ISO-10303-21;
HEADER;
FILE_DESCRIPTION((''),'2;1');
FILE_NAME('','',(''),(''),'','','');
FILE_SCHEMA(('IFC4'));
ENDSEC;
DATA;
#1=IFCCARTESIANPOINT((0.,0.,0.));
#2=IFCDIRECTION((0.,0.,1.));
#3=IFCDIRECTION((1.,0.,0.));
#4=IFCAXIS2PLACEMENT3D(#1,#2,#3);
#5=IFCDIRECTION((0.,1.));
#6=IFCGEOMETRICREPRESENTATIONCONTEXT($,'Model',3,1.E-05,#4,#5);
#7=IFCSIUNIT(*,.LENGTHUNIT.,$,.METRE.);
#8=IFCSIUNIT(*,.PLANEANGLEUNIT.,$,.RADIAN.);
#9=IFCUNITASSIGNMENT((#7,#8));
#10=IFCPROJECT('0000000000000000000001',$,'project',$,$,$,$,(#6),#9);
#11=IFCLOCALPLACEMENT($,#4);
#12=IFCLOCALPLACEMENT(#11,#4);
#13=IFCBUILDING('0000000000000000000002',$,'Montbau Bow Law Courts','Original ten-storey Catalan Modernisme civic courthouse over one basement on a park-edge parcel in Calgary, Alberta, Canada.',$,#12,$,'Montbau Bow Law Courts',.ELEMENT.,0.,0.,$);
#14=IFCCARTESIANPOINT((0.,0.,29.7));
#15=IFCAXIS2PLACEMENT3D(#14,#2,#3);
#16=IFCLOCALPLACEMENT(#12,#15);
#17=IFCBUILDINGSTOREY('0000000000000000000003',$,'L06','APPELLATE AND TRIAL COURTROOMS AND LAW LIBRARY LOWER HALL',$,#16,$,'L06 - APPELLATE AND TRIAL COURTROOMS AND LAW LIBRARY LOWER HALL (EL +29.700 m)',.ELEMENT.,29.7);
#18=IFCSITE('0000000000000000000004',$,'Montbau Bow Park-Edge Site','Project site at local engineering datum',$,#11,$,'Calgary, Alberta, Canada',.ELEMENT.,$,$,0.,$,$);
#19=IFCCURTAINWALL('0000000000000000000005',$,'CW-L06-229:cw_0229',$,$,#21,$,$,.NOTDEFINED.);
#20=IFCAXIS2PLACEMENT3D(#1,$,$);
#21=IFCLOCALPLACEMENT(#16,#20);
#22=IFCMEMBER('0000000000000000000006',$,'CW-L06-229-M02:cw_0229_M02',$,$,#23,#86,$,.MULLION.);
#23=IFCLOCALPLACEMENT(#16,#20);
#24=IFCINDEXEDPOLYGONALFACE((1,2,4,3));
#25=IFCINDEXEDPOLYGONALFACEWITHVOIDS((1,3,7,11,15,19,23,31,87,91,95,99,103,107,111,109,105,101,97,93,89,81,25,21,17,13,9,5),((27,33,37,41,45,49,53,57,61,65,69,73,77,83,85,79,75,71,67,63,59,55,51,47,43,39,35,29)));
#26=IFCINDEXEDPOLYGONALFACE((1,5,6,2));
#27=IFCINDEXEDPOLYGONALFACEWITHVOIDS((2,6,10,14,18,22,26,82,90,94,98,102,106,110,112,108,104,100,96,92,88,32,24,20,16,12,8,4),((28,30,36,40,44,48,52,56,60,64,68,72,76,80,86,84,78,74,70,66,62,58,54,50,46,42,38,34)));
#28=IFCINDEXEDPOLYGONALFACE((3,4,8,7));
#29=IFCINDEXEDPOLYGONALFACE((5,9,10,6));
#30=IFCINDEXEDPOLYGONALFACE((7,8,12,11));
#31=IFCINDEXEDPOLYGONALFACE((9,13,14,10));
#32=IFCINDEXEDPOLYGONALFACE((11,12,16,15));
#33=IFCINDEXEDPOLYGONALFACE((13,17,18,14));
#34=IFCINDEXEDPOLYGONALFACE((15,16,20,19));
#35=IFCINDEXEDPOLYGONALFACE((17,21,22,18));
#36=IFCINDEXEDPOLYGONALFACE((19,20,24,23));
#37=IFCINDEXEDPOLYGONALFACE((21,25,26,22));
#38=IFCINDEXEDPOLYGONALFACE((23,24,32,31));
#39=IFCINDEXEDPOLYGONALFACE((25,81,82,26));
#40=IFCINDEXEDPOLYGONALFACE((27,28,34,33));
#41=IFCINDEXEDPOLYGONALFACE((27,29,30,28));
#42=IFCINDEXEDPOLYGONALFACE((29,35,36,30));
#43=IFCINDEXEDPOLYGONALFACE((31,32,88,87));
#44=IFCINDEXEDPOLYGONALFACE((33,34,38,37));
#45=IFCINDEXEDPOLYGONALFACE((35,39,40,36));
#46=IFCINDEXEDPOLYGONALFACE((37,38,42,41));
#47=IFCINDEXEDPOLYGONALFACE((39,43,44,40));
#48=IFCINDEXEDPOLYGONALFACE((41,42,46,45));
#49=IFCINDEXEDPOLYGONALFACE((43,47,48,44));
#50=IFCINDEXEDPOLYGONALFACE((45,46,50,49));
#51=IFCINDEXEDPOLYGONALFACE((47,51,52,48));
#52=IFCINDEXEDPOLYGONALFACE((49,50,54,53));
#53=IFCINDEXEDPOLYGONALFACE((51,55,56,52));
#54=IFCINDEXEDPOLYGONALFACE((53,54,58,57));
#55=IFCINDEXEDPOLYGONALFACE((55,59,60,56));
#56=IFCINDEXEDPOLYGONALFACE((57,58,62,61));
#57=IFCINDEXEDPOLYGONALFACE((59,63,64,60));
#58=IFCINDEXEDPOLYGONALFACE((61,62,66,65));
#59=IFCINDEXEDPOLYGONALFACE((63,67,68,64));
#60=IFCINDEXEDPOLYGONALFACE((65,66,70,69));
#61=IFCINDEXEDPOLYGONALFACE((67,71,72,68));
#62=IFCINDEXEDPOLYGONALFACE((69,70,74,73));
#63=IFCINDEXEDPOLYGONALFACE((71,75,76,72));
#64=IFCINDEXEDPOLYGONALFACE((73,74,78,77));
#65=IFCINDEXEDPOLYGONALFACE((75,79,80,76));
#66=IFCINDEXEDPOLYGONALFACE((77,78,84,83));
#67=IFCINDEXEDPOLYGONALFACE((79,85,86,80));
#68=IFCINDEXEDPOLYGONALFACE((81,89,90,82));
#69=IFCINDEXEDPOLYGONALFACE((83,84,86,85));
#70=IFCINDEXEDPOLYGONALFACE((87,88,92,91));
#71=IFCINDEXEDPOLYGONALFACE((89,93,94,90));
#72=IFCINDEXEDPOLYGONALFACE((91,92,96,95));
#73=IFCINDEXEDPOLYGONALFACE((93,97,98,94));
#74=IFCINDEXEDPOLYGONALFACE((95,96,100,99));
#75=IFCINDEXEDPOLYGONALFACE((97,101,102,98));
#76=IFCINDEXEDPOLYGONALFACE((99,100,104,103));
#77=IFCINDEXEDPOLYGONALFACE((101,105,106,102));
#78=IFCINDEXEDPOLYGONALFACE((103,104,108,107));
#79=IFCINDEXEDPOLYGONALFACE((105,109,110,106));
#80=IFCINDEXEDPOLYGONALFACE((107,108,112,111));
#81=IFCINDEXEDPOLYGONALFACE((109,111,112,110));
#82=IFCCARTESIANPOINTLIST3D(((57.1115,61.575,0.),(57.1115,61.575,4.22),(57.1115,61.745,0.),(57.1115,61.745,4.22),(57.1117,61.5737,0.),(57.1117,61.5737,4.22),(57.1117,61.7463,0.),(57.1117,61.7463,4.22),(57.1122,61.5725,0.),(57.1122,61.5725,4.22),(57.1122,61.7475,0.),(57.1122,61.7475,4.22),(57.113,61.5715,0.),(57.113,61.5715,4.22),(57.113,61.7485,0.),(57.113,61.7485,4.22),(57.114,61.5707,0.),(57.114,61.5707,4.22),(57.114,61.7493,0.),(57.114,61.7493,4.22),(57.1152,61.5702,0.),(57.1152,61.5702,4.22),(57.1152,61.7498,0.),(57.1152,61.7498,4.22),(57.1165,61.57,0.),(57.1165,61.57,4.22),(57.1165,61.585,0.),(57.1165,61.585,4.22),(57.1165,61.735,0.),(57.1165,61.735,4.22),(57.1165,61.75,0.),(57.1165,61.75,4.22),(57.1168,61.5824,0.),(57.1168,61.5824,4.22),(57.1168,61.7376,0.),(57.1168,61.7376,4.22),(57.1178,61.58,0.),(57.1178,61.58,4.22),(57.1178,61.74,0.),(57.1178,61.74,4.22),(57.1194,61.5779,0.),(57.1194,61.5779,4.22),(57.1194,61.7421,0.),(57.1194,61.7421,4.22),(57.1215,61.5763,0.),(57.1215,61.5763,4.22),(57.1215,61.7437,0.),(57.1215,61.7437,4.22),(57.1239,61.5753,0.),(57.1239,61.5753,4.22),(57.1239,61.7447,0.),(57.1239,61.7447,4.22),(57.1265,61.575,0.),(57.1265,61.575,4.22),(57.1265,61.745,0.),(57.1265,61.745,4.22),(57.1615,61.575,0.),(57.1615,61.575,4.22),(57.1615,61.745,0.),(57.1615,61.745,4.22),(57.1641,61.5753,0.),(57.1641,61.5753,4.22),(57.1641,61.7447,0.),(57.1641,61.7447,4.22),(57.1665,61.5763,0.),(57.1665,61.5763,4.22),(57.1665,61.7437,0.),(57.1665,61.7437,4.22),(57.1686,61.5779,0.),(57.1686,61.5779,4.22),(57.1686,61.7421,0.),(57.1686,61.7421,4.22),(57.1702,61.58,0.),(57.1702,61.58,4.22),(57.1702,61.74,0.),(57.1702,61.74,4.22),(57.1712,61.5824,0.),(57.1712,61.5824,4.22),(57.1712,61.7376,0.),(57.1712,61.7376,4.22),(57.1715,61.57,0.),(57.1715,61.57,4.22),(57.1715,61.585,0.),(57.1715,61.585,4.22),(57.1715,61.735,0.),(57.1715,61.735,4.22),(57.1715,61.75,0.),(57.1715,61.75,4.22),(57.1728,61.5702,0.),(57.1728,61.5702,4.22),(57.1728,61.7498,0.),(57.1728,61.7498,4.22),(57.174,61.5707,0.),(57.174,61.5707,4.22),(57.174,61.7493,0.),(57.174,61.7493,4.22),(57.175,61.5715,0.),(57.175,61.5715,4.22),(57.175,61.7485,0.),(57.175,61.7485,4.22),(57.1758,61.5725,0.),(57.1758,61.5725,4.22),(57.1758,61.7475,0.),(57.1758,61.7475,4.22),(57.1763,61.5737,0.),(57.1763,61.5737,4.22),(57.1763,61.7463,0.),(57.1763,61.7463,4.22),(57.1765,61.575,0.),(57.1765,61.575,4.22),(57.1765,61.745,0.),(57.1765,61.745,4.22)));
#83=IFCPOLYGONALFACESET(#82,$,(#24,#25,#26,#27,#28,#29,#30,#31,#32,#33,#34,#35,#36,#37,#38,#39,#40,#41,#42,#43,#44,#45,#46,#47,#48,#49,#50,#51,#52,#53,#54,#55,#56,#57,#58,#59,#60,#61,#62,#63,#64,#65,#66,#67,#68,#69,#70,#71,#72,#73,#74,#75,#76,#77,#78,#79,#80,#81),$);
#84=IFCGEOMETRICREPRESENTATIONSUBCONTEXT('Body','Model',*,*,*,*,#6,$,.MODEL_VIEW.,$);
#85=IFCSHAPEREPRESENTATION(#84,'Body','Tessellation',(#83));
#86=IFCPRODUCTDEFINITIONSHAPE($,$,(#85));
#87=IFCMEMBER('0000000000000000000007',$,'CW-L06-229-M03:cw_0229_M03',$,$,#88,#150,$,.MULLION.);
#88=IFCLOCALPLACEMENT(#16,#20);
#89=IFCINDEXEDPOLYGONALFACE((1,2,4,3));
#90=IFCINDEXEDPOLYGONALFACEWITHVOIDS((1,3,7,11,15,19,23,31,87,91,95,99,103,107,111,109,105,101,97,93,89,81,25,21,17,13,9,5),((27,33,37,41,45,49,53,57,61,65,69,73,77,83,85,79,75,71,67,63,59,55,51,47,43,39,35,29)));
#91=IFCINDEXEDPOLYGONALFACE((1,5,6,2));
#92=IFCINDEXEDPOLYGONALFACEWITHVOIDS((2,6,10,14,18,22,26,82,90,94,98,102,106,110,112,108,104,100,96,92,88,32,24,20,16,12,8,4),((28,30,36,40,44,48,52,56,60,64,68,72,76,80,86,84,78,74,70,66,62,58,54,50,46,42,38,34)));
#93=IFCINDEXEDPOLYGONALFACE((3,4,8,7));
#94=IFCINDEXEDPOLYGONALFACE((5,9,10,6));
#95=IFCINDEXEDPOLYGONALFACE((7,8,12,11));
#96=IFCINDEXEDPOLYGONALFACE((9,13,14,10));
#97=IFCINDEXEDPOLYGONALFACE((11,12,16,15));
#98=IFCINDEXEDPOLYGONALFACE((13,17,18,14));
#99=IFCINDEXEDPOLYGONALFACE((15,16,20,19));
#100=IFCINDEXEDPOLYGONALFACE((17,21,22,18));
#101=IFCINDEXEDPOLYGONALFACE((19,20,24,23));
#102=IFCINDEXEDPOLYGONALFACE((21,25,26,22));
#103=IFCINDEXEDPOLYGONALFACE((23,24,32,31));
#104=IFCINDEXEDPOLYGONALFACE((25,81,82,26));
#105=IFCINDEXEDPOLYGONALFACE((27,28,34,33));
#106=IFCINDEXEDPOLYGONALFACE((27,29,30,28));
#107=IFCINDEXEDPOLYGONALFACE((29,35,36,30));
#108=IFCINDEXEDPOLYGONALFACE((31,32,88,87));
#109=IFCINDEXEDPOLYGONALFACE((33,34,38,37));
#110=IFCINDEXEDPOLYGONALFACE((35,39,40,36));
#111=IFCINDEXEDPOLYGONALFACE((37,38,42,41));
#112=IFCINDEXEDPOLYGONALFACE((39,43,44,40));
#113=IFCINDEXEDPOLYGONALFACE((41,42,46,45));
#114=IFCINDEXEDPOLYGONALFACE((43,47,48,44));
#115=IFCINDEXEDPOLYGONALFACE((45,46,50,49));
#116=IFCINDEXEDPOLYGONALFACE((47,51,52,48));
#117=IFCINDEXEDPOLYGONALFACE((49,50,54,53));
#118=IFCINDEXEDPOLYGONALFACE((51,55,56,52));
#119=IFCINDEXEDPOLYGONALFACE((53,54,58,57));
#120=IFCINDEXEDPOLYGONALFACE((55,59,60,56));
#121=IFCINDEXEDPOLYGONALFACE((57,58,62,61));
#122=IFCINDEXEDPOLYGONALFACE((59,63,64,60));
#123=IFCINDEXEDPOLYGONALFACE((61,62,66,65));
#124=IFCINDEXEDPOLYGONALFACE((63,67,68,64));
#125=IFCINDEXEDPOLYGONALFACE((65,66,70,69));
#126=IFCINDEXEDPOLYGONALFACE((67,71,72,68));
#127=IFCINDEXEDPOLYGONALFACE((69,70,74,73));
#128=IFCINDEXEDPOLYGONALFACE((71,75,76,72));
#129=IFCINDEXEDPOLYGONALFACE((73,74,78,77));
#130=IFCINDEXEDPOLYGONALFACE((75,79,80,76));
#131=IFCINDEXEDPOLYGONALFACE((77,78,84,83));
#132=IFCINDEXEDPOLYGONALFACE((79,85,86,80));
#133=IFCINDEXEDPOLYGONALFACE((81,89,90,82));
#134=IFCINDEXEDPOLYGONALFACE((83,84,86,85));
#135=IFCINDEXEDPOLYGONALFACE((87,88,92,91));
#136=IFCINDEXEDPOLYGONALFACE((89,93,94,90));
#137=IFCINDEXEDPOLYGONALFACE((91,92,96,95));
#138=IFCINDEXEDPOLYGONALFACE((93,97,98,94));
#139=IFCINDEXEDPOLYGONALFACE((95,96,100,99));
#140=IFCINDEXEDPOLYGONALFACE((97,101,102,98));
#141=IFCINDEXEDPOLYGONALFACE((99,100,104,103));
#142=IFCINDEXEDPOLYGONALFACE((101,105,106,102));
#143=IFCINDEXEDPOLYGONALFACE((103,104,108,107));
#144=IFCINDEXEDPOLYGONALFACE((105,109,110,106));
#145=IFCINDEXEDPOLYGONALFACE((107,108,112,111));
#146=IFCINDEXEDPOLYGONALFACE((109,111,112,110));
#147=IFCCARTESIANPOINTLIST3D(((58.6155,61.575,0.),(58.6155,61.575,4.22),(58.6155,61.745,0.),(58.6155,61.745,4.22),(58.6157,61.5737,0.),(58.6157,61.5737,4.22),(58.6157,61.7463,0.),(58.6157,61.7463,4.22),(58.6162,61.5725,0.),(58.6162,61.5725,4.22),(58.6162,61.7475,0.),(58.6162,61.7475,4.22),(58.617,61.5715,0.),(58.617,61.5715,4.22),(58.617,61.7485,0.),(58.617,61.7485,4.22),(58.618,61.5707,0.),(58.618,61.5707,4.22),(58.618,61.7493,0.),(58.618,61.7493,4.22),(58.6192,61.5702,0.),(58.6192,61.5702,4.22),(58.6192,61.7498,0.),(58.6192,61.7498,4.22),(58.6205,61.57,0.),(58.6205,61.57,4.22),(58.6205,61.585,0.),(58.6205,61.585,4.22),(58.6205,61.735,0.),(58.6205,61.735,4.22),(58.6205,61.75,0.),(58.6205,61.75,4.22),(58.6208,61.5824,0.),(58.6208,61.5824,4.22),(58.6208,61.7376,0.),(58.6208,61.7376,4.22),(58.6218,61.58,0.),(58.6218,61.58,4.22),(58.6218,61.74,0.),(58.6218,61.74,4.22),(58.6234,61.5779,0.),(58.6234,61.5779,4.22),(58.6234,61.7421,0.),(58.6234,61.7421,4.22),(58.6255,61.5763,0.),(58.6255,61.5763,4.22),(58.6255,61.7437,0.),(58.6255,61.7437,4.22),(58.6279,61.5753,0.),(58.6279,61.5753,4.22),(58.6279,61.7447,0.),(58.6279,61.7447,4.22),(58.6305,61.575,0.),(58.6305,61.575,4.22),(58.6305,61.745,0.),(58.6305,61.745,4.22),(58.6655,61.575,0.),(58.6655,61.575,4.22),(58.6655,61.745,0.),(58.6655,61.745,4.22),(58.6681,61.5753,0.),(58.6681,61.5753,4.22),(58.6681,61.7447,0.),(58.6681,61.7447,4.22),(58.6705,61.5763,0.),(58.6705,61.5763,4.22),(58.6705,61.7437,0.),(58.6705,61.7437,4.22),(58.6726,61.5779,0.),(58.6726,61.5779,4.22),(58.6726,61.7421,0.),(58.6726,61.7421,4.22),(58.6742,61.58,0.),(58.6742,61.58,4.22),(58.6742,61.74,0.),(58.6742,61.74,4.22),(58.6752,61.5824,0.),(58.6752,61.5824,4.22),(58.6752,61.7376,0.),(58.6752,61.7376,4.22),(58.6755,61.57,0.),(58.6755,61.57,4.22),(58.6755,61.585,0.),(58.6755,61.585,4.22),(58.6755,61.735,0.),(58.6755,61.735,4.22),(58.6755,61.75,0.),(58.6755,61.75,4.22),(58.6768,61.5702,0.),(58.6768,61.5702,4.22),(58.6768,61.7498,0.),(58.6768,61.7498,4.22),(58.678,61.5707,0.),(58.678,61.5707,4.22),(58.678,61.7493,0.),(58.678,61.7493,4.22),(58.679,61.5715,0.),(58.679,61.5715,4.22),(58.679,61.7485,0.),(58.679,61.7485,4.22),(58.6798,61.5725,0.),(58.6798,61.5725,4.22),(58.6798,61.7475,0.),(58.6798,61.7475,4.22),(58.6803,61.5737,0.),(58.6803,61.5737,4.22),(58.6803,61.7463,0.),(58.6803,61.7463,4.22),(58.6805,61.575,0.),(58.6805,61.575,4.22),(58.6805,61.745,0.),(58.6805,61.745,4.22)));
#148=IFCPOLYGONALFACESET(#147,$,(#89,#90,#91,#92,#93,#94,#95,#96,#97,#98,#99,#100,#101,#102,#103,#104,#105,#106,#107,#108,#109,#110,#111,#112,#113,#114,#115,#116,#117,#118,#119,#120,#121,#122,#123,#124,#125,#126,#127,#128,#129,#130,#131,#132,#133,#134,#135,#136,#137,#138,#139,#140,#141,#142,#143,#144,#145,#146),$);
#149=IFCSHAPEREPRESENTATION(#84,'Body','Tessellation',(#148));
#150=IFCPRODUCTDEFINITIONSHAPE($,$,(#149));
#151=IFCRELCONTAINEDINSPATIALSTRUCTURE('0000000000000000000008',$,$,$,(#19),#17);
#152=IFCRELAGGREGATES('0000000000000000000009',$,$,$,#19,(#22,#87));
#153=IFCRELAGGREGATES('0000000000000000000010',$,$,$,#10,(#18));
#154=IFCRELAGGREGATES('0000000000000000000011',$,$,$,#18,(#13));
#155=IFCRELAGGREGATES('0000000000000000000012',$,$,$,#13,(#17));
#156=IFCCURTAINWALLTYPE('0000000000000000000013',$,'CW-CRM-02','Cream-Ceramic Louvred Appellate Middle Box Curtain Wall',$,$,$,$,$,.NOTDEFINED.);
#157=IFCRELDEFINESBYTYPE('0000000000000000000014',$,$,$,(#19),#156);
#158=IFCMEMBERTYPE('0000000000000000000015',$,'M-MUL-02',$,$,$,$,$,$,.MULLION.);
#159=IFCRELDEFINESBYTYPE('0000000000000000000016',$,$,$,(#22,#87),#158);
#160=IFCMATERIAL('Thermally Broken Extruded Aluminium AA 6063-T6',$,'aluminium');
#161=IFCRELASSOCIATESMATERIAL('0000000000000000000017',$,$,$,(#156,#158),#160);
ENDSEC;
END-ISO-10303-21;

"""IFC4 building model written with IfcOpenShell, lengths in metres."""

from ifc_helpers import new_model, si_unit, direction, frame, origin_with_axes, origin_2d_with_axis, place, context, subcontext, project, spatial, hollow_rectangle, extrude, material, material_profile, profile_set, type_object, element, aggregate, save


model = new_model("IFC4")

# Units and contexts
model_context = context("Model", 3, precision=1e-05, world=origin_with_axes(), true_north=direction((0.0, 1.0)))
body_context = subcontext(model_context, "Body", "Model", "MODEL_VIEW")
ifc_project = project(units=[si_unit("LENGTHUNIT", "METRE"), si_unit("PLANEANGLEUNIT", "RADIAN")], contexts=[model_context])

# Site, building, storey
site_placement = place(None, origin_with_axes())
site = spatial("IfcSite", under=ifc_project, at=site_placement, Name="Montbau Bow Park-Edge Site", Description="Project site at local engineering datum", LongName="Calgary, Alberta, Canada", CompositionType="ELEMENT", RefElevation=0.0)
building_placement = place(site_placement, origin_with_axes())
building = spatial("IfcBuilding", under=site, at=building_placement, Name="Montbau Bow Law Courts", Description="Original ten-storey Catalan Modernisme civic courthouse over one basement on a park-edge parcel in Calgary, Alberta, Canada.", LongName="Montbau Bow Law Courts", CompositionType="ELEMENT", ElevationOfRefHeight=0.0, ElevationOfTerrain=0.0)
storey_placement = place(building_placement, frame((0.0, 0.0, 29.7), z_axis=(0.0, 0.0, 1.0), x_axis=(1.0, 0.0, 0.0)))
storey = spatial("IfcBuildingStorey", under=building, at=storey_placement, Name="L06", Description="APPELLATE AND TRIAL COURTROOMS AND LAW LIBRARY LOWER HALL", LongName="L06 - APPELLATE AND TRIAL COURTROOMS AND LAW LIBRARY LOWER HALL (EL +29.700 m)", CompositionType="ELEMENT", Elevation=29.7)

# Curtain wall, members
ifc_material_1 = material(Name="Thermally Broken Extruded Aluminium AA 6063-T6", Category="aluminium")
curtain_wall_type = type_object("IfcCurtainWallType", Name="CW-CRM-02", Description="Cream-Ceramic Louvred Appellate Middle Box Curtain Wall", PredefinedType="NOTDEFINED", material=ifc_material_1)
curtain_wall_placement = place(None, frame((55.64, 61.66, 29.7), z_axis=(0.0, 0.0, 1.0), x_axis=(1.0, 0.0, 0.0)))
curtain_wall = element("IfcCurtainWall", 1, at=curtain_wall_placement, inside=storey, type_object=curtain_wall_type, Name="CW-L06-229:cw_0229", PredefinedType="NOTDEFINED")
ifc_material_profile_1 = material_profile(ifc_material_1, hollow_rectangle(XDim=0.065, YDim=0.18, WallThickness=0.005, InnerFilletRadius=0.01, OuterFilletRadius=0.005, at=origin_2d_with_axis()), Name="CWM-180X65", Category="Main", Priority=0)
ifc_profile_set_1 = profile_set([ifc_material_profile_1], Name="Thermally Broken Extruded Aluminium AA 6063-T6")
member_type_1 = type_object("IfcMemberType", Name="M-MUL-02", PredefinedType="MULLION", material=ifc_profile_set_1)
member_1_placement = place(None, frame((57.144, 61.66, 29.7), z_axis=(0.0, 0.0, 1.0), x_axis=(1.0, 0.0, 0.0)))
member_1 = element("IfcMember", 2, at=member_1_placement, type_object=member_type_1, Name="CW-L06-229-M02:cw_0229_M02", PredefinedType="MULLION", context=body_context, shape_type="SweptSolid", body=[
    extrude(hollow_rectangle(XDim=0.065, YDim=0.18, WallThickness=0.005, InnerFilletRadius=0.01, OuterFilletRadius=0.005, at=origin_2d_with_axis()), origin_with_axes(), (0.0, 0.0, 1.0), 4.22),
])
member_2_placement = place(None, frame((58.648, 61.66, 29.7), z_axis=(0.0, 0.0, 1.0), x_axis=(1.0, 0.0, 0.0)))
member_2 = element("IfcMember", 3, at=member_2_placement, type_object=member_type_1, Name="CW-L06-229-M03:cw_0229_M03", PredefinedType="MULLION", context=body_context, shape_type="SweptSolid", body=[
    extrude(hollow_rectangle(XDim=0.065, YDim=0.18, WallThickness=0.005, InnerFilletRadius=0.01, OuterFilletRadius=0.005, at=origin_2d_with_axis()), origin_with_axes(), (0.0, 0.0, 1.0), 4.22),
])
aggregate(curtain_wall, [member_1, member_2])

save(model, "model.ifc")
